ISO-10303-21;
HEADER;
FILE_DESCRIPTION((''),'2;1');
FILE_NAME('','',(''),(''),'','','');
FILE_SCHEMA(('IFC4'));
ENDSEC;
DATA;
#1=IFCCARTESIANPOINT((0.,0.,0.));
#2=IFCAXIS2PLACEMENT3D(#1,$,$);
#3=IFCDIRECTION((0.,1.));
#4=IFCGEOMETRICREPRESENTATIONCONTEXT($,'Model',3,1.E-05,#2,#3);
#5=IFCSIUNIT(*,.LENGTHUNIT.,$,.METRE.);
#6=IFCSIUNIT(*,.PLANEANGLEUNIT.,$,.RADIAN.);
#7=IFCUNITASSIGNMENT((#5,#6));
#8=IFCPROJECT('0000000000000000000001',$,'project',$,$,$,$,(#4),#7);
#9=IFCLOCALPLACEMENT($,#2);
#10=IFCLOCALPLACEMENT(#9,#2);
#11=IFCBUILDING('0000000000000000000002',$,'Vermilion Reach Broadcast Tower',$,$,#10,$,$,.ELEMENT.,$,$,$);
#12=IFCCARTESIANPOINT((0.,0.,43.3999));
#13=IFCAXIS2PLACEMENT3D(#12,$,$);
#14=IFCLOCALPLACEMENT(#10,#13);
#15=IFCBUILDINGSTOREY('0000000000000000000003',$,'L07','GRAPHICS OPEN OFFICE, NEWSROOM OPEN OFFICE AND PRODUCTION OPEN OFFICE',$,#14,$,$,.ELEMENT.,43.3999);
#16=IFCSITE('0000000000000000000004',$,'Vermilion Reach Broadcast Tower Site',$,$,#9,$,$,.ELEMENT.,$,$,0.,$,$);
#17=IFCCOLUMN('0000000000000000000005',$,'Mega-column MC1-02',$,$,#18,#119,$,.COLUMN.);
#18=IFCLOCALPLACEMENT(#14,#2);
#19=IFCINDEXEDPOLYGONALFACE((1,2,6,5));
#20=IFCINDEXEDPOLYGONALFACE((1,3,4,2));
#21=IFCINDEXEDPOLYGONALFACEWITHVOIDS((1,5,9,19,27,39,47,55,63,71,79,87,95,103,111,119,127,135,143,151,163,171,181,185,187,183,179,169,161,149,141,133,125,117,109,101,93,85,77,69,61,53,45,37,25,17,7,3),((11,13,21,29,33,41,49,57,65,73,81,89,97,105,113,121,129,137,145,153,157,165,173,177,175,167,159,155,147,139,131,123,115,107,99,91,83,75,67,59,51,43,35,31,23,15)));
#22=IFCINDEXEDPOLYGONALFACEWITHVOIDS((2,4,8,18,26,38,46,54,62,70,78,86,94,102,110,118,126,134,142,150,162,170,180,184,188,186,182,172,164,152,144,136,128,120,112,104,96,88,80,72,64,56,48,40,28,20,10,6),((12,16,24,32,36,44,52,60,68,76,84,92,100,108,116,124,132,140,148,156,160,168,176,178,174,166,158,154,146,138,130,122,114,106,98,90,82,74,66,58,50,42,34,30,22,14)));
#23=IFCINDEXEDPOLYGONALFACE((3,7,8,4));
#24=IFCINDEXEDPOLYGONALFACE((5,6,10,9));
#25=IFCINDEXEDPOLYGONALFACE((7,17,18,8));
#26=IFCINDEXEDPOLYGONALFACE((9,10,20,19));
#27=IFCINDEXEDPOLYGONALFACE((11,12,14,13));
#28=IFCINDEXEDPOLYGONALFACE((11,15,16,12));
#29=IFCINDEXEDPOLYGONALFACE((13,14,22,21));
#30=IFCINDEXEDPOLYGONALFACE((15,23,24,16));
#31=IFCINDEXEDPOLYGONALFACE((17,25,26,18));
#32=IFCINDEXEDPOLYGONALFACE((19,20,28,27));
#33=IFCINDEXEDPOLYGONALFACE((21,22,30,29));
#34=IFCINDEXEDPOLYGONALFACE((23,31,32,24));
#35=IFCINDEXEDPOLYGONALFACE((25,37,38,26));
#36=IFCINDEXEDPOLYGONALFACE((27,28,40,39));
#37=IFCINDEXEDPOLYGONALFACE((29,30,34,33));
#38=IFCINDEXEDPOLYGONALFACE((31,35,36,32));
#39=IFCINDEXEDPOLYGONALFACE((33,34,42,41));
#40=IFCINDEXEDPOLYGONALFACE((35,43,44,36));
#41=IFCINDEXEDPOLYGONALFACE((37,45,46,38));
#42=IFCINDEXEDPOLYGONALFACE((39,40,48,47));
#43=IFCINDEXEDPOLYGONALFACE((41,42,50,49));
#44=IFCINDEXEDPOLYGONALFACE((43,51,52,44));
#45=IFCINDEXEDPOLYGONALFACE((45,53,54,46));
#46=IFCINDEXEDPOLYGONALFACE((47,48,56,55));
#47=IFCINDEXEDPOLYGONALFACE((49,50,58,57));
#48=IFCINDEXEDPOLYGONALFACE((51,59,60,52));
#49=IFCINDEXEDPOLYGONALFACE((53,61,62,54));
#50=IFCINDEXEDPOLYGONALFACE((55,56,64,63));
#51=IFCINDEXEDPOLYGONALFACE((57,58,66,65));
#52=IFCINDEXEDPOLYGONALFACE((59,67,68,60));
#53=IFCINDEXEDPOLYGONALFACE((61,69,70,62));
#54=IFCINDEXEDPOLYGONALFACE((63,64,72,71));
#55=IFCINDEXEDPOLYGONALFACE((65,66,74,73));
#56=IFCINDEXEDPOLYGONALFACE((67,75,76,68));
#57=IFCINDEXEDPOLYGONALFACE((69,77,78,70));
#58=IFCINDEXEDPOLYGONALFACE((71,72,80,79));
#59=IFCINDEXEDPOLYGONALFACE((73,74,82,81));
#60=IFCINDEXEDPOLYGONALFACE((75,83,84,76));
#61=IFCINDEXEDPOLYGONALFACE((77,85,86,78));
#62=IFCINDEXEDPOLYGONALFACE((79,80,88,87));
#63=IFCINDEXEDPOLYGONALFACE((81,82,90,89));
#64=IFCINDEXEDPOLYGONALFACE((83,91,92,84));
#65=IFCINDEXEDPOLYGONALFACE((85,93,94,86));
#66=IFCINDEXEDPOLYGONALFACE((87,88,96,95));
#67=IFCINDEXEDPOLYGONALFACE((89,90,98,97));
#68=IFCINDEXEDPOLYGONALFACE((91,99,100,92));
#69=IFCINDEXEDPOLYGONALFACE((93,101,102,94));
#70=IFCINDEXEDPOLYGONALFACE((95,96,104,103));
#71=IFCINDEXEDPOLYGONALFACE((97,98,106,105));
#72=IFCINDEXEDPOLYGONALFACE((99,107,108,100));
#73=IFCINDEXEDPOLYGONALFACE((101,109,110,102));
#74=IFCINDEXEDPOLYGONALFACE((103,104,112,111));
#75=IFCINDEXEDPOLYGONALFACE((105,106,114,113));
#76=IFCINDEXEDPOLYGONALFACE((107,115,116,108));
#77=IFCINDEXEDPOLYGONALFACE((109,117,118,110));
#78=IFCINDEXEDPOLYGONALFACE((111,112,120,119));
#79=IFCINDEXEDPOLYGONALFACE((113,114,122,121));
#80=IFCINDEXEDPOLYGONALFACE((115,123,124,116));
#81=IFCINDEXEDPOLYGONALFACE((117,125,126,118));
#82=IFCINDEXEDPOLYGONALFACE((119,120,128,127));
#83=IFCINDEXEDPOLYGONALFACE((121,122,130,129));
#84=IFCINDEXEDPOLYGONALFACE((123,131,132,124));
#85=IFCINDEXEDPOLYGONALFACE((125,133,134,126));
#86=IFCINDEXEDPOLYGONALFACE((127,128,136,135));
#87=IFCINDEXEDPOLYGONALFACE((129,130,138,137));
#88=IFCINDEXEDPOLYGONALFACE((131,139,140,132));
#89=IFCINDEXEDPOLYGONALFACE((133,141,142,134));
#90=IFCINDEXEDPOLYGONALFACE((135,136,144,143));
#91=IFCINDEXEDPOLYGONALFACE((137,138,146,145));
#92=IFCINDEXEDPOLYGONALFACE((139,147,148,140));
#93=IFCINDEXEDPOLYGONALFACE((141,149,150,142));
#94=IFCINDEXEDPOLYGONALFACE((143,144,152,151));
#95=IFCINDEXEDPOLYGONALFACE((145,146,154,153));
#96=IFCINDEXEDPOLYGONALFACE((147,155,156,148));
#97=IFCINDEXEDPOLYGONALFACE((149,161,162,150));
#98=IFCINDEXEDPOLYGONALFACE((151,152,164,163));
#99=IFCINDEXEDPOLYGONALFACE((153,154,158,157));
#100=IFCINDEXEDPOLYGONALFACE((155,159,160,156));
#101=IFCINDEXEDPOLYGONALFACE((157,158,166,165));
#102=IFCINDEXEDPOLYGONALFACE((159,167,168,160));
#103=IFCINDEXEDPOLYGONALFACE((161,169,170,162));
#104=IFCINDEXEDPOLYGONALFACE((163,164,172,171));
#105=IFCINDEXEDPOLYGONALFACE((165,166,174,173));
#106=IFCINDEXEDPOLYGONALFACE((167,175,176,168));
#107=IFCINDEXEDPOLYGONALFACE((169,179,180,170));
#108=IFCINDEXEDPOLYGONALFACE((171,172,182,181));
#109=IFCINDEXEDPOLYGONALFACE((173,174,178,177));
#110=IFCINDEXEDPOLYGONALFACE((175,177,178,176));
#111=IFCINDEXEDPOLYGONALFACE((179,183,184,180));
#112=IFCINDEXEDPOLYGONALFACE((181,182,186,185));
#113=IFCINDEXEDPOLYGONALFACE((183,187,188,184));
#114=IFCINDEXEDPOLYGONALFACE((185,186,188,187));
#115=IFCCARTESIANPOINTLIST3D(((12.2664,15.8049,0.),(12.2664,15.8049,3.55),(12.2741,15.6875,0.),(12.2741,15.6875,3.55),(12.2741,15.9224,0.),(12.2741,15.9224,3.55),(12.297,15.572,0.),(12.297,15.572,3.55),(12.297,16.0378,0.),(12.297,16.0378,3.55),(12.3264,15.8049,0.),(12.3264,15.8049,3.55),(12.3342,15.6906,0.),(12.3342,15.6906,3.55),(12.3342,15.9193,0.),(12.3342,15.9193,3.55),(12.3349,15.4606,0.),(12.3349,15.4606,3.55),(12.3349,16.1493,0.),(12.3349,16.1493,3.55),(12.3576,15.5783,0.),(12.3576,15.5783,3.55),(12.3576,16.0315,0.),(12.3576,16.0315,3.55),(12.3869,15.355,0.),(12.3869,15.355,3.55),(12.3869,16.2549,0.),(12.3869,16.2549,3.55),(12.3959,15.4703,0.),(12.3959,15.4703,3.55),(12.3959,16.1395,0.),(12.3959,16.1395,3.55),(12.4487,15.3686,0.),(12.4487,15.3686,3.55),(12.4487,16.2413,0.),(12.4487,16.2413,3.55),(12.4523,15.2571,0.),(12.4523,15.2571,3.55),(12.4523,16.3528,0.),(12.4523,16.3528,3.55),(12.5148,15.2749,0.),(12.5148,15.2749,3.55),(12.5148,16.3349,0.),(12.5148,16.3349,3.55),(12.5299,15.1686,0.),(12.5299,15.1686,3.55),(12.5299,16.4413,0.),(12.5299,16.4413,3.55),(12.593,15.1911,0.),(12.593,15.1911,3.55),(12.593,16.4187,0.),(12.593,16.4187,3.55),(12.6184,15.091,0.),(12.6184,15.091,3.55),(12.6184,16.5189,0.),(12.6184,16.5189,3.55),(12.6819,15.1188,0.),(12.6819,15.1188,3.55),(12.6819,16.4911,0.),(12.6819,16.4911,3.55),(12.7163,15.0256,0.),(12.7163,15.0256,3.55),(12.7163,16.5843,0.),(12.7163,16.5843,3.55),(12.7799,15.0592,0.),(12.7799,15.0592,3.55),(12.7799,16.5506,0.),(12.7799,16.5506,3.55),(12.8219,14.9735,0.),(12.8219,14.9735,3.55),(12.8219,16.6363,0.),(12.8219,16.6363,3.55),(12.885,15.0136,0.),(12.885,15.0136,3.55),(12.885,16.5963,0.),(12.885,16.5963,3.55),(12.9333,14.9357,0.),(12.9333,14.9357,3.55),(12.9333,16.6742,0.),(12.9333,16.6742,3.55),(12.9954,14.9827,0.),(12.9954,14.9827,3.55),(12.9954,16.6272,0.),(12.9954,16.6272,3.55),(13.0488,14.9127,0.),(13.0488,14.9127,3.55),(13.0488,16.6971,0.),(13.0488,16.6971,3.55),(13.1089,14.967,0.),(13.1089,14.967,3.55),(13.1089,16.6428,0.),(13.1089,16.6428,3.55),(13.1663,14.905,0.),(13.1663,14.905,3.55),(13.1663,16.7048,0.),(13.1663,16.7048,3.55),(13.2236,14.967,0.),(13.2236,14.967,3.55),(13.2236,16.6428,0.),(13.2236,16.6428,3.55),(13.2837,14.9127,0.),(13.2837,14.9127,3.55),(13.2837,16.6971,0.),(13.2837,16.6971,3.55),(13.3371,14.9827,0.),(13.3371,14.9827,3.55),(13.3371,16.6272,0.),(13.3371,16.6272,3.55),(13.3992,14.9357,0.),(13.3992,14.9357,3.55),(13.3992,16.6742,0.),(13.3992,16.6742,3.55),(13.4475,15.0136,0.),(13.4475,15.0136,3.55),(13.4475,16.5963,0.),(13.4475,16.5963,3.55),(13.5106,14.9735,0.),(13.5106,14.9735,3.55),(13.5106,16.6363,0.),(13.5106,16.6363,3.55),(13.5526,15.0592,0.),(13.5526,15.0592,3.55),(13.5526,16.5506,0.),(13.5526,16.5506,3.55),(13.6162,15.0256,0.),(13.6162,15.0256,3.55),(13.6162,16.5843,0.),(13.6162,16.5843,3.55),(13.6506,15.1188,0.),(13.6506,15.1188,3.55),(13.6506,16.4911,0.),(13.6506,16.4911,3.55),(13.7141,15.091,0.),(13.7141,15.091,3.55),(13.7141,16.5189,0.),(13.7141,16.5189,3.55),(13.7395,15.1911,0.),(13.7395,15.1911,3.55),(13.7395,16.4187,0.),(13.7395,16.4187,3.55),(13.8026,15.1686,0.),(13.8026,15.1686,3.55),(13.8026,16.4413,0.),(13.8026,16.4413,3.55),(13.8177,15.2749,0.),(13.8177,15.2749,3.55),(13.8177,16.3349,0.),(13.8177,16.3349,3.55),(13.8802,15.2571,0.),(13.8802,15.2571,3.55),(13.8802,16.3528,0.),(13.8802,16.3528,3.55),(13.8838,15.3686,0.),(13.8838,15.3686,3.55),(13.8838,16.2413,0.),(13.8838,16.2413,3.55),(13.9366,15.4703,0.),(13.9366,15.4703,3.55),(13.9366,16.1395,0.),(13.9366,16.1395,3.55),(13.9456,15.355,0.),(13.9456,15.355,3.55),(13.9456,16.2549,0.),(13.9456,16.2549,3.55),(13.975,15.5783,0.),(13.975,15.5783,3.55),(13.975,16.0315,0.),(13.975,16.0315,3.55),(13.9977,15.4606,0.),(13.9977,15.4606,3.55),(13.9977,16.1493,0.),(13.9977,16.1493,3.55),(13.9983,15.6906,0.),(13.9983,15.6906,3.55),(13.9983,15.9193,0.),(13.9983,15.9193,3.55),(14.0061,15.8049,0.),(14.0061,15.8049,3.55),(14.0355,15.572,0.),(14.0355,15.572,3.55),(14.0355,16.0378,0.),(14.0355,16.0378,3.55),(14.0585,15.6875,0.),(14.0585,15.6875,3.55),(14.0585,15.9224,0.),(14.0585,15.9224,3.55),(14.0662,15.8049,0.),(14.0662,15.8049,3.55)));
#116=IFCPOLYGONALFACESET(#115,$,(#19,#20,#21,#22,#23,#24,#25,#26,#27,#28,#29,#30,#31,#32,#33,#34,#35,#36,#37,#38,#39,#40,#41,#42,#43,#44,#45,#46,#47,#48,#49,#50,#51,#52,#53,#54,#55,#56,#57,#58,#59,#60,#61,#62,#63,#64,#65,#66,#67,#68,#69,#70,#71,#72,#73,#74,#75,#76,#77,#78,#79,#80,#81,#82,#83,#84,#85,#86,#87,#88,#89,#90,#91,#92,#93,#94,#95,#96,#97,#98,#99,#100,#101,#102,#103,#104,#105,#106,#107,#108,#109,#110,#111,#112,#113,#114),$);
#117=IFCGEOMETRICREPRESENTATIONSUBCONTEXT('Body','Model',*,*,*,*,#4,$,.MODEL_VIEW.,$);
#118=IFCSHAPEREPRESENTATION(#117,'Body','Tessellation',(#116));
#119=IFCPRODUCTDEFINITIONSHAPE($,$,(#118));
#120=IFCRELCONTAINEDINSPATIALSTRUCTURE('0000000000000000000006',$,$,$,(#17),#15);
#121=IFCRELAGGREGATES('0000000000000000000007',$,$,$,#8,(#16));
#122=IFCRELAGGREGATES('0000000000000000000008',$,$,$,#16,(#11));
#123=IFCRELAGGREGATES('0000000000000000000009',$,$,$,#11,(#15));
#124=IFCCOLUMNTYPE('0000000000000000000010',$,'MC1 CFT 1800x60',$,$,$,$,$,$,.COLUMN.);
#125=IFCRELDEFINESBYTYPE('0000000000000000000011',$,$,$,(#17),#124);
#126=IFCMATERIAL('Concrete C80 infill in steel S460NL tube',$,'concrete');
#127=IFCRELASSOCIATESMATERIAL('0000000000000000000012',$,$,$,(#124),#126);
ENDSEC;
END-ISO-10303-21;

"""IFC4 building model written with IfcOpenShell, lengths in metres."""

from ifc_helpers import new_model, si_unit, direction, frame, origin, origin_2d, place, context, subcontext, project, spatial, hollow_circle, extrude, material, material_profile, profile_set, type_object, element, save


model = new_model("IFC4")

# Units and contexts
model_context = context("Model", 3, precision=1e-05, world=origin(), true_north=direction((0.0, 1.0)))
body_context = subcontext(model_context, "Body", "Model", "MODEL_VIEW")
ifc_project = project(units=[si_unit("LENGTHUNIT", "METRE"), si_unit("PLANEANGLEUNIT", "RADIAN")], contexts=[model_context])

# Site, building, storey
site_placement = place(None, origin())
site = spatial("IfcSite", under=ifc_project, at=site_placement, Name="Vermilion Reach Broadcast Tower Site", CompositionType="ELEMENT", RefElevation=0.0)
building_placement = place(site_placement, origin())
building = spatial("IfcBuilding", under=site, at=building_placement, Name="Vermilion Reach Broadcast Tower", CompositionType="ELEMENT")
storey_placement = place(building_placement, frame((0.0, 0.0, 43.3999)))
storey = spatial("IfcBuildingStorey", under=building, at=storey_placement, Name="L07", Description="GRAPHICS OPEN OFFICE, NEWSROOM OPEN OFFICE AND PRODUCTION OPEN OFFICE", CompositionType="ELEMENT", Elevation=43.3999)

# Column
ifc_material_1 = material(Name="Concrete C80 infill in steel S460NL tube", Category="concrete")
ifc_material_profile_1 = material_profile(ifc_material_1, hollow_circle(Radius=0.8999, WallThickness=0.0601, at=origin_2d()), Name="Concrete C80 infill in steel S460NL tube CFT 1800x60")
ifc_profile_set_1 = profile_set([ifc_material_profile_1], Name="Concrete C80 infill in steel S460NL tube")
column_type = type_object("IfcColumnType", Name="MC1 CFT 1800x60", PredefinedType="COLUMN", material=ifc_profile_set_1)
for number, where, z_axis, x_axis, name in (
    (1, (13.1663, 15.8049, 0.0), (0.0, 0.0, 1.0), (1.0, 0.0, 0.0), "Mega-column MC1-02"),
):
    element("IfcColumn", number, at=place(storey_placement, frame(where, z_axis=z_axis, x_axis=x_axis)), inside=storey, type_object=column_type, Name=name, PredefinedType="COLUMN", context=body_context, shape_type="SweptSolid", body=[
        extrude(hollow_circle(Radius=0.8999, WallThickness=0.0601, at=origin_2d()), origin(), (0.0, 0.0, 1.0), 3.55),
    ])

save(model, "model.ifc")
